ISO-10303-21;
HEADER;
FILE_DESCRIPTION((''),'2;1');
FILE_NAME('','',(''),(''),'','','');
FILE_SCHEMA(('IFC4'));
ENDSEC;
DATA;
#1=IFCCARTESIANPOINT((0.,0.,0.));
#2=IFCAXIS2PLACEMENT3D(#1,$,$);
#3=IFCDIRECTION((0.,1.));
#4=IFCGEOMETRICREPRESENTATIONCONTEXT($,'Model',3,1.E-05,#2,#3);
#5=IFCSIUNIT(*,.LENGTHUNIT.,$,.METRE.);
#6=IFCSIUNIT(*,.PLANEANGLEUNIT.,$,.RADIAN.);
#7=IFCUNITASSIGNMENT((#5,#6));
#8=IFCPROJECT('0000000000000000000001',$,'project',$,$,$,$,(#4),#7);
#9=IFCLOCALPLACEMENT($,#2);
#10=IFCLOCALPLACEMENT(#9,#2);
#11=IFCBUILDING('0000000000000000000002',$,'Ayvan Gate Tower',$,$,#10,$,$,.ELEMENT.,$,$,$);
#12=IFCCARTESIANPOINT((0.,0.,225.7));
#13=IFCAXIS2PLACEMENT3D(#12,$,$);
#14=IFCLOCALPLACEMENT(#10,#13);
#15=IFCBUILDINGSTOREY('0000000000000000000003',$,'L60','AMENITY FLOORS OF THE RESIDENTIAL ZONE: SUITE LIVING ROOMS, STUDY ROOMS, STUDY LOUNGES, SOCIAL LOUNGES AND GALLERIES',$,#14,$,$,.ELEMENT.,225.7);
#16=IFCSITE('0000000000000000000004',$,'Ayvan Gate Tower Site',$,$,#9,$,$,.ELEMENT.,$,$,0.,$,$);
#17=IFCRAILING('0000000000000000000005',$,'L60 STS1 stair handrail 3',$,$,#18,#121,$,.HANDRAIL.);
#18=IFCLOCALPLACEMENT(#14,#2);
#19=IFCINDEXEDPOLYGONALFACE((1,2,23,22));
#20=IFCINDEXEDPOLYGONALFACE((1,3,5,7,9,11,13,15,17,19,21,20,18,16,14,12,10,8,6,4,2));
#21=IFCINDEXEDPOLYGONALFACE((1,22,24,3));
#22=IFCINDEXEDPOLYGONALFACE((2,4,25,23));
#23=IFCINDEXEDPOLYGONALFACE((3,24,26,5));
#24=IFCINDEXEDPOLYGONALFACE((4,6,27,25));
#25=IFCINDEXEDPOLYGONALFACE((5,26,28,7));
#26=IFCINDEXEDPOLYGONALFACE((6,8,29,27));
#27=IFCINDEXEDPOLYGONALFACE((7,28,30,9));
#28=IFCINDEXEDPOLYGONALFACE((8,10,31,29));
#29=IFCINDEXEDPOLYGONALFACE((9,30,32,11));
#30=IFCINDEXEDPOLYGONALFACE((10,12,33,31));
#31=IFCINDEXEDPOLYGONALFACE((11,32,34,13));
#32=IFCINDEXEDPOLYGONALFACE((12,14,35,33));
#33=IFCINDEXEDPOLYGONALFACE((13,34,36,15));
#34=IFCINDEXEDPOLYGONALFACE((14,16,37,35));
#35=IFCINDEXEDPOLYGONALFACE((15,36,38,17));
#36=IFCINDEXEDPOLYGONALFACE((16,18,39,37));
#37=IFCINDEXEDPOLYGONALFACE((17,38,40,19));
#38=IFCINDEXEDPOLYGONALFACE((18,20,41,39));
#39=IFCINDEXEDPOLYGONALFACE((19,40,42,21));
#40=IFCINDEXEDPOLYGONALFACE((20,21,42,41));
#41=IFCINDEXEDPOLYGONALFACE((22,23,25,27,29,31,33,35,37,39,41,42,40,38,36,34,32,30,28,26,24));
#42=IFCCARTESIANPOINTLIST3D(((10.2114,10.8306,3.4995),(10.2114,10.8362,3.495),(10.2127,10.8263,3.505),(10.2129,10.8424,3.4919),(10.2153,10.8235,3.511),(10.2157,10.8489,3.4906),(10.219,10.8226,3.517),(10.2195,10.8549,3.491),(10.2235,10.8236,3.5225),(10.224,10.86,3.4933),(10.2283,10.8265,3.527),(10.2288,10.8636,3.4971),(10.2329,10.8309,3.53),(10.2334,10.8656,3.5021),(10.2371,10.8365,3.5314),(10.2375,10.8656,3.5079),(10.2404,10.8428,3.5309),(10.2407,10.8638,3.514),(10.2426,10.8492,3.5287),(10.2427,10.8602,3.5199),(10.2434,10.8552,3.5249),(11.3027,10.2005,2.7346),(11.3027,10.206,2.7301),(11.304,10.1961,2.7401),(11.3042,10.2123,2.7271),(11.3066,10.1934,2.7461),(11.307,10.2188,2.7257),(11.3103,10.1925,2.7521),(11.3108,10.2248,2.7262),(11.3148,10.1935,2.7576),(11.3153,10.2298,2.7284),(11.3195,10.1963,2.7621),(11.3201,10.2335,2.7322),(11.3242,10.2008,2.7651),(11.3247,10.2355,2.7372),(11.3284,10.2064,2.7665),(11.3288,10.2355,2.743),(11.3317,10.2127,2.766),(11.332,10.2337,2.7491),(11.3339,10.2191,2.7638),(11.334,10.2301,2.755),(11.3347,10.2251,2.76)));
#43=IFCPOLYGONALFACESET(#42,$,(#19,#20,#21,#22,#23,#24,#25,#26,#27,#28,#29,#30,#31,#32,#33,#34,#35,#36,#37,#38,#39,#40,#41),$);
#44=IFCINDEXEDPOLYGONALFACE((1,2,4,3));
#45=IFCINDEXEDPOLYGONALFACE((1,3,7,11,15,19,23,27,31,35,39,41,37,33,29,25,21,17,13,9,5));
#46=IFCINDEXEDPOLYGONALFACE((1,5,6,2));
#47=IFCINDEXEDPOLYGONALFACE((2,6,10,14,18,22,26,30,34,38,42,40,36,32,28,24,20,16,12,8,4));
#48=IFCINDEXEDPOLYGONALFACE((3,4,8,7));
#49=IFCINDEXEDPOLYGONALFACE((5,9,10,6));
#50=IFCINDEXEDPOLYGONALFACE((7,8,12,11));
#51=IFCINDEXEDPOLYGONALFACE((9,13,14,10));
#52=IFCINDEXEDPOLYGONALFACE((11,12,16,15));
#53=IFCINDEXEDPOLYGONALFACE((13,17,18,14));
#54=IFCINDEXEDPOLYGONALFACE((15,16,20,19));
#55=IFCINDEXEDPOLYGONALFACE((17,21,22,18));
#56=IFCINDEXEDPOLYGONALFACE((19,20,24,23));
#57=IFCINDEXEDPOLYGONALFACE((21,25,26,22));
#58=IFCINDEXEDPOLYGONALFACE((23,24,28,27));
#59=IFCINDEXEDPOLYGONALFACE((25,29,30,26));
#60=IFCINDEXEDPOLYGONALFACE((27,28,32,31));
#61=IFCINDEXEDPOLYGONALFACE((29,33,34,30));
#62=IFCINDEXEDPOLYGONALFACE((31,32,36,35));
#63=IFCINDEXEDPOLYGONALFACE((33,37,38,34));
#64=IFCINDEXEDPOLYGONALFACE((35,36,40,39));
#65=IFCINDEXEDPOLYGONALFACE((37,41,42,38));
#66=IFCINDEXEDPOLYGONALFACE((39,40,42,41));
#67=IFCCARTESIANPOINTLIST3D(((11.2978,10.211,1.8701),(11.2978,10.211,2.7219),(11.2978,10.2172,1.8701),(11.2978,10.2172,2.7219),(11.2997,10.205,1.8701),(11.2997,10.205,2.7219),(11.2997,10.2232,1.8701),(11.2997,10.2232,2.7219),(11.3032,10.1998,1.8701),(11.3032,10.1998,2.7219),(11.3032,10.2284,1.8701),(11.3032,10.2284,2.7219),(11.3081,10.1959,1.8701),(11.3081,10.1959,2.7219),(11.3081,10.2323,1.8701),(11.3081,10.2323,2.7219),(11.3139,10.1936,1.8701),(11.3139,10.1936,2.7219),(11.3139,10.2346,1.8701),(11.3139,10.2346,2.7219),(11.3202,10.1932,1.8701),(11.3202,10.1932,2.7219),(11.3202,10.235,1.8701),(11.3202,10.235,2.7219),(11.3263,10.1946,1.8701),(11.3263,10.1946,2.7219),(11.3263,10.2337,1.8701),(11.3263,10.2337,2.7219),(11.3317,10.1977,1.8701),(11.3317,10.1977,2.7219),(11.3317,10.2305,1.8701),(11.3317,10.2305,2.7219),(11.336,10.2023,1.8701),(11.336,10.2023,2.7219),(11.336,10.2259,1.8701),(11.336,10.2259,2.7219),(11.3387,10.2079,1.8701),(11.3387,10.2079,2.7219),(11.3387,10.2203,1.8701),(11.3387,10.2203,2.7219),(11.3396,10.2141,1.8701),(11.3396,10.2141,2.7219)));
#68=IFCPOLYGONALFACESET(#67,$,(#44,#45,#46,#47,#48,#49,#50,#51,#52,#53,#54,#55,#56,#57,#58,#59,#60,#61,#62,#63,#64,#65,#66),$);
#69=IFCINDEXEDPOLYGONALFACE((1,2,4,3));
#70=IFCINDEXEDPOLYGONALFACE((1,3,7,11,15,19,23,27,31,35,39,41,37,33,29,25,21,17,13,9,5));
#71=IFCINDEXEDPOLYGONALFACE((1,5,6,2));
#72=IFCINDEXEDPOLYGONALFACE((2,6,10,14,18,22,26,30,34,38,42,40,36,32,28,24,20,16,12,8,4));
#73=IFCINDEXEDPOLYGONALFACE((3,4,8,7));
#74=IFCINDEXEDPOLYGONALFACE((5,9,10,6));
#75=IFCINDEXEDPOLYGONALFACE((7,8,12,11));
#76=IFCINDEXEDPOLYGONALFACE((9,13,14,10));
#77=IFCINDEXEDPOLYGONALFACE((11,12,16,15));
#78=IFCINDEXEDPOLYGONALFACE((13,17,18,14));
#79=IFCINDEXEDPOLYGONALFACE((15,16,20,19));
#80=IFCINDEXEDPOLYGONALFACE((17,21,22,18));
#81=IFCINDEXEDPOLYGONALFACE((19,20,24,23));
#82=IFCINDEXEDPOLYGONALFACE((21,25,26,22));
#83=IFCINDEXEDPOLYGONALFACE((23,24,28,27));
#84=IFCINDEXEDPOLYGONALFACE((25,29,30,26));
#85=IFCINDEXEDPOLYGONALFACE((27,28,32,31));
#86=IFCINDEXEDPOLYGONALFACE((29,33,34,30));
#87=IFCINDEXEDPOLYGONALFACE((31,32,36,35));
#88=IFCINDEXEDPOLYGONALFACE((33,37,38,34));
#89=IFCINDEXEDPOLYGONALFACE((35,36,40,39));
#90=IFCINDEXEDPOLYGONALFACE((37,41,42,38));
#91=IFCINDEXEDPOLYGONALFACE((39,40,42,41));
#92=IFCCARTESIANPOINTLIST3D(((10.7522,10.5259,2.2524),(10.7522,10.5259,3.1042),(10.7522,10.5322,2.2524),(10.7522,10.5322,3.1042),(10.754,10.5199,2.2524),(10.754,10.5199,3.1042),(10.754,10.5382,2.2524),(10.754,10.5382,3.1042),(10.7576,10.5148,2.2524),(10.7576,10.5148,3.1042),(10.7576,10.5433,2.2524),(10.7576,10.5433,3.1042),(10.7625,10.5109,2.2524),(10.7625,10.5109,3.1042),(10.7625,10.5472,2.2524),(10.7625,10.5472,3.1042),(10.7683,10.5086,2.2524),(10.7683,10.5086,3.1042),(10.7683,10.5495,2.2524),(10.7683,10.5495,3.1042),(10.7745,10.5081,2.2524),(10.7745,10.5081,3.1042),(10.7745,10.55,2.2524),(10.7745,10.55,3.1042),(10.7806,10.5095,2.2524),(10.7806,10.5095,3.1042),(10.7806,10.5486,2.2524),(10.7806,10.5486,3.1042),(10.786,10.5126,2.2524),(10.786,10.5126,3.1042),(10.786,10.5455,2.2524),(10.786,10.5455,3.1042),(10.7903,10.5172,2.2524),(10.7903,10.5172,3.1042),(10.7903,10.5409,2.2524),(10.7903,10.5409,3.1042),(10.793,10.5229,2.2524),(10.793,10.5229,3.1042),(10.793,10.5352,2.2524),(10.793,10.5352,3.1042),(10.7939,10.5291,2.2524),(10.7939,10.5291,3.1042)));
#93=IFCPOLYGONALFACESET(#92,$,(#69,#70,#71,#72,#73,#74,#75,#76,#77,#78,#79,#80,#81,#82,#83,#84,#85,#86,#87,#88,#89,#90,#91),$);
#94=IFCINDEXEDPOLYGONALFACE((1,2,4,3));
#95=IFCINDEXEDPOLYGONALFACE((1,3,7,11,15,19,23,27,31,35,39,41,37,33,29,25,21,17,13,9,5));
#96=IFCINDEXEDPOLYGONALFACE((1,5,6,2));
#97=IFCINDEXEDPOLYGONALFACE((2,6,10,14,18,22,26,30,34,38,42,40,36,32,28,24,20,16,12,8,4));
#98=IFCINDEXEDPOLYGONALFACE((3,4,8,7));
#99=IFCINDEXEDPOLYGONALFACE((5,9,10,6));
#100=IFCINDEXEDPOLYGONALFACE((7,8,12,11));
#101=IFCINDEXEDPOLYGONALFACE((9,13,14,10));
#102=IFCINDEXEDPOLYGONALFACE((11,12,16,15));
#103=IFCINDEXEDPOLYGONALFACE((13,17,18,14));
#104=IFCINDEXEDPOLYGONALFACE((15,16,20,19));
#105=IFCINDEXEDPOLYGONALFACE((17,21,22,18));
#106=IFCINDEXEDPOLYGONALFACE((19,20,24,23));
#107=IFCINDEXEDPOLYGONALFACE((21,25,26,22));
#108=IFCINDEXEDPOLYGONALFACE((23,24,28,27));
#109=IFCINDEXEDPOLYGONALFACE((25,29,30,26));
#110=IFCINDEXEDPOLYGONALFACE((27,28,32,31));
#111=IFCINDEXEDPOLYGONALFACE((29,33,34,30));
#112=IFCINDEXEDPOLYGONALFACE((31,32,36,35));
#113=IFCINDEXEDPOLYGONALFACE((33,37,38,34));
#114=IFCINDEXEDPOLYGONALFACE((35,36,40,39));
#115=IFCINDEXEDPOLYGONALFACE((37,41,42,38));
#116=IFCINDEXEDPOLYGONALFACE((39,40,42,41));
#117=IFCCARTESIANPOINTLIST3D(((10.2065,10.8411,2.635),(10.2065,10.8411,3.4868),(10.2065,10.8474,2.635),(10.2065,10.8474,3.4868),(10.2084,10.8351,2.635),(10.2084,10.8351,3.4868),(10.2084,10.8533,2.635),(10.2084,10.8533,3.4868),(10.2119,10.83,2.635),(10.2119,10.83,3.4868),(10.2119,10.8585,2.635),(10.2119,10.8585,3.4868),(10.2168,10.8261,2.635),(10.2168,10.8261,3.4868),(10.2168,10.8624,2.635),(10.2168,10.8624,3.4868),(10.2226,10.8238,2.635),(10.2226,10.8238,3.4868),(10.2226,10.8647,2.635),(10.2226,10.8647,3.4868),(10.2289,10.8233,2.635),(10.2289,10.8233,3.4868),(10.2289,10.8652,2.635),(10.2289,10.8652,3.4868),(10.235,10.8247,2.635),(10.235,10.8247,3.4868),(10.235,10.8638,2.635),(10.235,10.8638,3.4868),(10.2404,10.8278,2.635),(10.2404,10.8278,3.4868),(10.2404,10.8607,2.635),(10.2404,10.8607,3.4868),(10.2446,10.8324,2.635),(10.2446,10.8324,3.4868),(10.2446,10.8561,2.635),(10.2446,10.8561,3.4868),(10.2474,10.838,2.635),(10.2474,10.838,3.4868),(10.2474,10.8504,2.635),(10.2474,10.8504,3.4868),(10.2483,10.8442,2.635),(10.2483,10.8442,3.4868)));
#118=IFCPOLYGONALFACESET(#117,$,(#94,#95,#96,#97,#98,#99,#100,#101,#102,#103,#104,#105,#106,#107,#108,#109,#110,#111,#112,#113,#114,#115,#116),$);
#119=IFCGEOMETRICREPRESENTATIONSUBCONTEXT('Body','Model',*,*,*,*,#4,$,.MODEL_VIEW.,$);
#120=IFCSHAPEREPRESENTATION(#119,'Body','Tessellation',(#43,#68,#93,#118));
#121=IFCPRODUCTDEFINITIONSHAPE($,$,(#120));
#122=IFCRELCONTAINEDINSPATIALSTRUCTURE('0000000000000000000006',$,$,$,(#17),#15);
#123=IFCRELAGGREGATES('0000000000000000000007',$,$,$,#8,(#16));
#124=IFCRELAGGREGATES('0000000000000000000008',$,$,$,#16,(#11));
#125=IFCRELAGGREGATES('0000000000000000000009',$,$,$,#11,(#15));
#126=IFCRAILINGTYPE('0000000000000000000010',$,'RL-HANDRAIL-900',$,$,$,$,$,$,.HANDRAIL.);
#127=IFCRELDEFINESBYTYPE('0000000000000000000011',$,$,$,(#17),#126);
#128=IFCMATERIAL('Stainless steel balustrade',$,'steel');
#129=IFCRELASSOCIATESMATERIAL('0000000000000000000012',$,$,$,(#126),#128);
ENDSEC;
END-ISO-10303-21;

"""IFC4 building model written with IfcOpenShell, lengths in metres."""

from ifc_helpers import new_model, si_unit, direction, frame, origin, origin_2d, place, context, subcontext, project, spatial, circle, extrude, material, type_object, element, save


model = new_model("IFC4")

# Units and contexts
model_context = context("Model", 3, precision=1e-05, world=origin(), true_north=direction((0.0, 1.0)))
body_context = subcontext(model_context, "Body", "Model", "MODEL_VIEW")
ifc_project = project(units=[si_unit("LENGTHUNIT", "METRE"), si_unit("PLANEANGLEUNIT", "RADIAN")], contexts=[model_context])

# Site, building, storey
site_placement = place(None, origin())
site = spatial("IfcSite", under=ifc_project, at=site_placement, Name="Ayvan Gate Tower Site", CompositionType="ELEMENT", RefElevation=0.0)
building_placement = place(site_placement, origin())
building = spatial("IfcBuilding", under=site, at=building_placement, Name="Ayvan Gate Tower", CompositionType="ELEMENT")
storey_placement = place(building_placement, frame((0.0, 0.0, 225.7)))
storey = spatial("IfcBuildingStorey", under=building, at=storey_placement, Name="L60", Description="AMENITY FLOORS OF THE RESIDENTIAL ZONE: SUITE LIVING ROOMS, STUDY ROOMS, STUDY LOUNGES, SOCIAL LOUNGES AND GALLERIES", CompositionType="ELEMENT", Elevation=225.7)

# Railing
ifc_material_1 = material(Name="Stainless steel balustrade", Category="steel")
railing_type_1 = type_object("IfcRailingType", Name="RL-HANDRAIL-900", PredefinedType="HANDRAIL", material=ifc_material_1)
railing_1_placement = place(storey_placement, frame((11.3186, 10.2141, 1.8701)))
element("IfcRailing", 1, at=railing_1_placement, inside=storey, type_object=railing_type_1, Name="L60 STS1 stair handrail 3", PredefinedType="HANDRAIL", context=body_context, shape_type="SweptSolid", body=[
    extrude(circle(Radius=0.0239, at=origin_2d()), frame((0.0, 0.0, 0.876), z_axis=(-0.740304, 0.427455, 0.518875), x_axis=(-0.500035, -0.866005, 0.0)), (0.0, 0.0, 1.0), 1.4741),
    extrude(circle(Radius=0.021, at=origin_2d()), origin(), (0.0, 0.0, 1.0), 0.8518),
    extrude(circle(Radius=0.021, at=origin_2d()), frame((-0.5457, 0.3149, 0.3823)), (0.0, 0.0, 1.0), 0.8518),
    extrude(circle(Radius=0.021, at=origin_2d()), frame((-1.0913, 0.6301, 0.7649)), (0.0, 0.0, 1.0), 0.8518),
])

save(model, "model.ifc")
